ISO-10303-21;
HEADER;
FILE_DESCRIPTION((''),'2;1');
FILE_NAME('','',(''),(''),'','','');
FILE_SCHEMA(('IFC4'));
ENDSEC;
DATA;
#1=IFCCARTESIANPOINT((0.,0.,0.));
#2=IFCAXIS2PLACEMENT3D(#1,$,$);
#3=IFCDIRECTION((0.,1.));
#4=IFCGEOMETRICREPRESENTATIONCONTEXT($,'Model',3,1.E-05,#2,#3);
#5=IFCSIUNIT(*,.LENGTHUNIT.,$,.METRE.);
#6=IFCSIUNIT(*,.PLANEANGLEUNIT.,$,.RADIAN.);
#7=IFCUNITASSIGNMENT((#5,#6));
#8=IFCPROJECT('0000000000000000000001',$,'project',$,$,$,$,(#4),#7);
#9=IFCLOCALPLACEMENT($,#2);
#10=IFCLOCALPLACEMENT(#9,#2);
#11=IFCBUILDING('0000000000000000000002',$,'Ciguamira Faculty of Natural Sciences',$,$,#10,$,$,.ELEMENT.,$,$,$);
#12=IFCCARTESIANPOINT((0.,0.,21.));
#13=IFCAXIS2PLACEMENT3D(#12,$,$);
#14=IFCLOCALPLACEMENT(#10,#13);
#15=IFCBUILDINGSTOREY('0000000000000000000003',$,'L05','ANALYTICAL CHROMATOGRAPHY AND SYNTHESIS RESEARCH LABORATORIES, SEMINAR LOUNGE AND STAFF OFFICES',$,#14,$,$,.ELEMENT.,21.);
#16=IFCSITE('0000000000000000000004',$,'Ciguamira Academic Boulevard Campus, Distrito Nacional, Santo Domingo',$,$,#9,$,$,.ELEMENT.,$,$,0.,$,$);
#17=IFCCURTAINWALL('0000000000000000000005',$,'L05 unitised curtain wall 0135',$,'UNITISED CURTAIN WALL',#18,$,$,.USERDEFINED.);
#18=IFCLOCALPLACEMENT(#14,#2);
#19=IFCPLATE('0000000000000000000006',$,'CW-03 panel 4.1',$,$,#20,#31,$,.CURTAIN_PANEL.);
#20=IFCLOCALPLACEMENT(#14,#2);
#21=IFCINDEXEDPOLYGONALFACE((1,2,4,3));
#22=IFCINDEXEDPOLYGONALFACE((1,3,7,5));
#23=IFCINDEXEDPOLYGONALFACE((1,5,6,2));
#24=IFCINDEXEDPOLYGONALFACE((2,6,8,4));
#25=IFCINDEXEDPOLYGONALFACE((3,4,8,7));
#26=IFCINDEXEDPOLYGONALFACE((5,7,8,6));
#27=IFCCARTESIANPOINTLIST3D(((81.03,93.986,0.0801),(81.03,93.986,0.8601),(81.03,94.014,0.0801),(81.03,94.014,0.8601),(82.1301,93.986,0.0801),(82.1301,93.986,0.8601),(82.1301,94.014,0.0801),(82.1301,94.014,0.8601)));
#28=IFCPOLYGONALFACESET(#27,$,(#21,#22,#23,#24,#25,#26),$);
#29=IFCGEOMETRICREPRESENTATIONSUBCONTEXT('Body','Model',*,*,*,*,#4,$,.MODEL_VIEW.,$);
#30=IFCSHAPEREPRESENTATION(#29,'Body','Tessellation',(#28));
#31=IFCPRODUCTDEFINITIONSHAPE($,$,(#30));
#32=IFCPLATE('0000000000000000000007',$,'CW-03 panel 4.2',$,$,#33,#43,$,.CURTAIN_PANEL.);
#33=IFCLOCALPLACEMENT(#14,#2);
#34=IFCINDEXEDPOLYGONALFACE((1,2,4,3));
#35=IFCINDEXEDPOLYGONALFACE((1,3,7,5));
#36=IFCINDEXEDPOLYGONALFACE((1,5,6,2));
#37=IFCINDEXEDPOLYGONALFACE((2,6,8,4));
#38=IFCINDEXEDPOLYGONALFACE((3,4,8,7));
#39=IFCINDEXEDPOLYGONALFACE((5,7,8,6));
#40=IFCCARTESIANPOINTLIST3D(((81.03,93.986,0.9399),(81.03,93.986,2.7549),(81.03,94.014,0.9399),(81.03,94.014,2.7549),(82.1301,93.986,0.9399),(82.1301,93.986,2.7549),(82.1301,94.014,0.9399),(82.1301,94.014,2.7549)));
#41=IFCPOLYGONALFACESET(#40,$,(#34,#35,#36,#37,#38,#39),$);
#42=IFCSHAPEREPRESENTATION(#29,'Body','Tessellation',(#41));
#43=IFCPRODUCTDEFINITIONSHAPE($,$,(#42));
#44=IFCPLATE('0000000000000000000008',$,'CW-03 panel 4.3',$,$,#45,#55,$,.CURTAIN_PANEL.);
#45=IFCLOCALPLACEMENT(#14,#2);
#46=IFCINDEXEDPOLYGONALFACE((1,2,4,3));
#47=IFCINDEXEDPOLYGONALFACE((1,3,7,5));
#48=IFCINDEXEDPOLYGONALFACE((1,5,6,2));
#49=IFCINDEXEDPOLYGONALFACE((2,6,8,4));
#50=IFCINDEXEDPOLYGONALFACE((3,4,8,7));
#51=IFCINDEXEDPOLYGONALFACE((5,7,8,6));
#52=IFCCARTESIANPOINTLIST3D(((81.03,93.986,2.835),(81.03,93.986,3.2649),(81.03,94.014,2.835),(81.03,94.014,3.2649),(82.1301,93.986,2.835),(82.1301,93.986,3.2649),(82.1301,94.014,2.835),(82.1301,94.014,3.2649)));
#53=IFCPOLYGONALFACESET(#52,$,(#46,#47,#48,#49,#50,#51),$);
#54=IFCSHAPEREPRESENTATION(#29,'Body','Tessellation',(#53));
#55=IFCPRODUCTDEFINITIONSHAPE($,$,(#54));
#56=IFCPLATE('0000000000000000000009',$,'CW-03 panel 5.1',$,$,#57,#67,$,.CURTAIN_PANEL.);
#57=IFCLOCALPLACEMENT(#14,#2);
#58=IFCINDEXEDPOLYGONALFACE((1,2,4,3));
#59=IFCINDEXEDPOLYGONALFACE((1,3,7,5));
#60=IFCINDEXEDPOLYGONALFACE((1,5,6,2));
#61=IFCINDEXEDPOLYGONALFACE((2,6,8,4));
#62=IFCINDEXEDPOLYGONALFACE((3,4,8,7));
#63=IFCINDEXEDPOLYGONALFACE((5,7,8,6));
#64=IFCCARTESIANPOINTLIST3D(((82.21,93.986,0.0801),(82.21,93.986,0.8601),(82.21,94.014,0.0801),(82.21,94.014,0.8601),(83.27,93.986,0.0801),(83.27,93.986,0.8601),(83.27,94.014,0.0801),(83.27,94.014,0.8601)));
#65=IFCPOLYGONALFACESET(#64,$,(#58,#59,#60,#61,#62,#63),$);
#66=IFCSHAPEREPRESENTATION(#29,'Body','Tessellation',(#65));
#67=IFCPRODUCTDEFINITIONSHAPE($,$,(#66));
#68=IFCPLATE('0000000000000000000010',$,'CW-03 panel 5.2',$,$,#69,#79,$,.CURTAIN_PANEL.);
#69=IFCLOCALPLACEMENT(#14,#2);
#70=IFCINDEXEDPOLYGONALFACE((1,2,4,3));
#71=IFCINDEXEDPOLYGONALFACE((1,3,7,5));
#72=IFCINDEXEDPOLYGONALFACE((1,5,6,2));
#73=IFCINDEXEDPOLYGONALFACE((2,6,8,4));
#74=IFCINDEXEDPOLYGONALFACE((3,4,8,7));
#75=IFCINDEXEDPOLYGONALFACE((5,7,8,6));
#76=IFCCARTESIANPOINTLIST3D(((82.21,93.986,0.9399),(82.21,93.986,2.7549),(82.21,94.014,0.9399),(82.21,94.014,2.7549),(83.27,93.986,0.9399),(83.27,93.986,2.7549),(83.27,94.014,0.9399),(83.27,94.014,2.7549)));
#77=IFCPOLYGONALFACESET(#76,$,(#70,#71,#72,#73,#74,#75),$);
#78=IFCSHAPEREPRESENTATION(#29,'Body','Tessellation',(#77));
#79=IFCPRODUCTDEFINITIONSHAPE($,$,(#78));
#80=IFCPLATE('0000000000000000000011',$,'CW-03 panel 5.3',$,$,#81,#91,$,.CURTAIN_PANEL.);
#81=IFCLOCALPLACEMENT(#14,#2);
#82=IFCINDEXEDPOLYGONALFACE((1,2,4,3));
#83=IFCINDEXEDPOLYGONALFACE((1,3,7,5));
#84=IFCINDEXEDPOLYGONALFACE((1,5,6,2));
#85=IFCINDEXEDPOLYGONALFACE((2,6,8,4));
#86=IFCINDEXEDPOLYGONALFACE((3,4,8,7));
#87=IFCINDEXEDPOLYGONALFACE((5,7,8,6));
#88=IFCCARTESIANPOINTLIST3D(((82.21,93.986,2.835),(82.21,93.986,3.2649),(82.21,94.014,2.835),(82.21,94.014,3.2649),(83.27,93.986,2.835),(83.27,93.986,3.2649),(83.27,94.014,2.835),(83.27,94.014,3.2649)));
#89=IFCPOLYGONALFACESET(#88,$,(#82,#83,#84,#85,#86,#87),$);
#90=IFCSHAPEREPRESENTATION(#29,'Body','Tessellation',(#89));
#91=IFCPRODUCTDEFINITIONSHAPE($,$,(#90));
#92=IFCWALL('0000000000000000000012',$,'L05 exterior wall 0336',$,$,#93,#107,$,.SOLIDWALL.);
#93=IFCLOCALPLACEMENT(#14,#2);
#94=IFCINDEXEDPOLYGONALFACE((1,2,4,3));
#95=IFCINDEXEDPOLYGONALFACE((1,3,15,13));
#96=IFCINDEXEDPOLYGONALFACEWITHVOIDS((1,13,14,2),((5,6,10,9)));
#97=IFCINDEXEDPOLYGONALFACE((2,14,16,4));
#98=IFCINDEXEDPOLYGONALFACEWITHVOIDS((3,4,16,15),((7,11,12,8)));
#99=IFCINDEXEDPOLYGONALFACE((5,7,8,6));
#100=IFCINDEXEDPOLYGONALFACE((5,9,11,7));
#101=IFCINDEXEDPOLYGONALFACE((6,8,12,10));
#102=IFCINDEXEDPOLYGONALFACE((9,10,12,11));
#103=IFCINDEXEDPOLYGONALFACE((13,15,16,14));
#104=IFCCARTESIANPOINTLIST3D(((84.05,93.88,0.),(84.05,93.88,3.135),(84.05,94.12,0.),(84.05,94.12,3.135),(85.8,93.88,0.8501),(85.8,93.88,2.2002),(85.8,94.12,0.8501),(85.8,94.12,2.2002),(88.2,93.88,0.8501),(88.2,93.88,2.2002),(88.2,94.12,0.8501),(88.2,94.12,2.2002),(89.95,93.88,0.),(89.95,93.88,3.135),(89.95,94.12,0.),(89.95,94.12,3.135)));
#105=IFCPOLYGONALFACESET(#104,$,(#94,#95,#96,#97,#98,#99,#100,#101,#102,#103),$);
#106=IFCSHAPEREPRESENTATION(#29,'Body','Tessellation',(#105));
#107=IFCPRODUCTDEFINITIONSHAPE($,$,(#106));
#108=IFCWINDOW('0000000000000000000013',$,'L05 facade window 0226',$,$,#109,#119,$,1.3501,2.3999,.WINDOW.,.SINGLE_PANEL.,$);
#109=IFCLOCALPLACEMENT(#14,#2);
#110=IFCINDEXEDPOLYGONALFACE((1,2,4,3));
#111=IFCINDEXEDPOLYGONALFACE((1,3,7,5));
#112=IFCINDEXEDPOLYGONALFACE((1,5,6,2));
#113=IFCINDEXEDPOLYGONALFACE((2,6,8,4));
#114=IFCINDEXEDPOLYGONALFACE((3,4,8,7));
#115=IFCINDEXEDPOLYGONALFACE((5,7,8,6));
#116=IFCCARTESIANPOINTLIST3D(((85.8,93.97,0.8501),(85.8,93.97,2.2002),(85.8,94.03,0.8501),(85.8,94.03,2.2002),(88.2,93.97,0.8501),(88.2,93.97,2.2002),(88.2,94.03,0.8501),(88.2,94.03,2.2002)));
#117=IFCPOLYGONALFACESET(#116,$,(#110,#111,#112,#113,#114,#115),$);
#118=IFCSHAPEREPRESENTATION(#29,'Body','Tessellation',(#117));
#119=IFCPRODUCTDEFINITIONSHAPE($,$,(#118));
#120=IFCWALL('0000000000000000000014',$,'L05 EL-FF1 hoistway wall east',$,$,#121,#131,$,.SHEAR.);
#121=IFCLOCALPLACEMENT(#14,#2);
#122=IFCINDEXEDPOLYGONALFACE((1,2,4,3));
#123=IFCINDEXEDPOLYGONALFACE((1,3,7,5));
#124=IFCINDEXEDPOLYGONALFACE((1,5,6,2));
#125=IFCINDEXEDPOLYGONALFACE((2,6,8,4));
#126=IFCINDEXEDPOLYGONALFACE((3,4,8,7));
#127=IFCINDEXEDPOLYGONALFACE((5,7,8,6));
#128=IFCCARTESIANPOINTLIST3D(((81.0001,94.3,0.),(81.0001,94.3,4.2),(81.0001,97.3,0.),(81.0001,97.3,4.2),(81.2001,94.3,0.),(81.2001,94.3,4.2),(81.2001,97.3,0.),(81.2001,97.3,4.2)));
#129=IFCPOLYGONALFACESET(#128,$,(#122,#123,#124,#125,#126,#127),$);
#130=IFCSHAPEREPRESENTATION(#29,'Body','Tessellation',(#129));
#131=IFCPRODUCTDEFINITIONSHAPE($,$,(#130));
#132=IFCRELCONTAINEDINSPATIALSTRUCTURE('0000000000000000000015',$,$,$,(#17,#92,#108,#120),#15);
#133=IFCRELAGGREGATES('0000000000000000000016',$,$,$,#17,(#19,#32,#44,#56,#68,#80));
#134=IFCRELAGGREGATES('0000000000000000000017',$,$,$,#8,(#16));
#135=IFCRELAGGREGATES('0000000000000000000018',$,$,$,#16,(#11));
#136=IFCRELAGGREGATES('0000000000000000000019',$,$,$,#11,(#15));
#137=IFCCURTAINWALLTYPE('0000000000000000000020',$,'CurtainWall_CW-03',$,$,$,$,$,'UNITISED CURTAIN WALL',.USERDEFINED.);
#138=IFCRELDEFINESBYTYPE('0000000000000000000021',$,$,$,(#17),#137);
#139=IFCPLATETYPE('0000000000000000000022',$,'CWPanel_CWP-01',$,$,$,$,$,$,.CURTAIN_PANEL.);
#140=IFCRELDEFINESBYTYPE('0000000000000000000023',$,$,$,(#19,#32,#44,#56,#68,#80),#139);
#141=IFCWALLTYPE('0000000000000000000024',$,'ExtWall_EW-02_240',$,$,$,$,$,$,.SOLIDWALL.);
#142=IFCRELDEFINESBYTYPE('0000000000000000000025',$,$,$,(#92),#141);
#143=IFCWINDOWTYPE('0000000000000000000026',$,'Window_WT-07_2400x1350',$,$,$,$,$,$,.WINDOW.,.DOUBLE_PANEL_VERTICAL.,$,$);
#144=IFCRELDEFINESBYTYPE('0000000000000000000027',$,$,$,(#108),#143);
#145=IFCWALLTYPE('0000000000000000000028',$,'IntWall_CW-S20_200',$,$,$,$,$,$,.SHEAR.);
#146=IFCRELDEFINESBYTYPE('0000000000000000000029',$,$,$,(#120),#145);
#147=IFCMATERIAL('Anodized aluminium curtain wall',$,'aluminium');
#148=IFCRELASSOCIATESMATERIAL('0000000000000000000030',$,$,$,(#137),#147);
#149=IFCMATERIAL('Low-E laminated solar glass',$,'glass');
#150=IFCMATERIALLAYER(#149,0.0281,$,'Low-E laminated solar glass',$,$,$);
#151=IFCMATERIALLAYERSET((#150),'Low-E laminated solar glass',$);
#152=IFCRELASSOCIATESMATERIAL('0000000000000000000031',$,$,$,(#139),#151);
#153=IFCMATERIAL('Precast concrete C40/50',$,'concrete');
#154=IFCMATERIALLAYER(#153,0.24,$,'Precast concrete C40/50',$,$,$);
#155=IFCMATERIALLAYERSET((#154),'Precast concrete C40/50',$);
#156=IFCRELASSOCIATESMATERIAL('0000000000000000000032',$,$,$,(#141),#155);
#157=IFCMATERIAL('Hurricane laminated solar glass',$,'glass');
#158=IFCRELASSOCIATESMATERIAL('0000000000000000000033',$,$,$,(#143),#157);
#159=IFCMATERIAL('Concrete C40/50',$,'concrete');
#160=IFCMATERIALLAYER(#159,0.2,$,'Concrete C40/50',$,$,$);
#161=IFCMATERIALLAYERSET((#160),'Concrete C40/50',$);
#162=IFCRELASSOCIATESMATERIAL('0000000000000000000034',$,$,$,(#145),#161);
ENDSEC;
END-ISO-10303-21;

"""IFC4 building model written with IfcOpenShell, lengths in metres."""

from ifc_helpers import new_model, si_unit, direction, frame, frame_2d, origin, origin_2d, place, context, subcontext, project, spatial, rectangle, extrude, material, layer, layer_set, type_object, element, fill, aggregate, save


model = new_model("IFC4")

# Units and contexts
model_context = context("Model", 3, precision=1e-05, world=origin(), true_north=direction((0.0, 1.0)))
body_context = subcontext(model_context, "Body", "Model", "MODEL_VIEW")
ifc_project = project(units=[si_unit("LENGTHUNIT", "METRE"), si_unit("PLANEANGLEUNIT", "RADIAN")], contexts=[model_context])

# Site, building, storey
site_placement = place(None, origin())
site = spatial("IfcSite", under=ifc_project, at=site_placement, Name="Ciguamira Academic Boulevard Campus, Distrito Nacional, Santo Domingo", CompositionType="ELEMENT", RefElevation=0.0)
building_placement = place(site_placement, origin())
building = spatial("IfcBuilding", under=site, at=building_placement, Name="Ciguamira Faculty of Natural Sciences", CompositionType="ELEMENT")
storey_placement = place(building_placement, frame((0.0, 0.0, 21.0)))
storey = spatial("IfcBuildingStorey", under=building, at=storey_placement, Name="L05", Description="ANALYTICAL CHROMATOGRAPHY AND SYNTHESIS RESEARCH LABORATORIES, SEMINAR LOUNGE AND STAFF OFFICES", CompositionType="ELEMENT", Elevation=21.0)

# Shared definitions
ifc_material_1 = material(Name="Concrete C40/50", Category="concrete")

# Curtain wall
ifc_material_2 = material(Name="Anodized aluminium curtain wall", Category="aluminium")
curtain_wall_type = type_object("IfcCurtainWallType", Name="CurtainWall_CW-03", ElementType="UNITISED CURTAIN WALL", PredefinedType="USERDEFINED", material=ifc_material_2)
curtain_wall_placement = place(storey_placement, origin())
curtain_wall = element("IfcCurtainWall", 1, at=curtain_wall_placement, inside=storey, type_object=curtain_wall_type, Name="L05 unitised curtain wall 0135", ObjectType="UNITISED CURTAIN WALL", PredefinedType="USERDEFINED")

# Plates
ifc_material_3 = material(Name="Low-E laminated solar glass", Category="glass")
ifc_layer_1 = layer(ifc_material_3, 0.0281, Name="Low-E laminated solar glass")
ifc_layer_set_1 = layer_set([ifc_layer_1], Name="Low-E laminated solar glass")
plate_type = type_object("IfcPlateType", Name="CWPanel_CWP-01", PredefinedType="CURTAIN_PANEL", material=ifc_layer_set_1)
plate_1_placement = place(storey_placement, frame((81.5801, 94.0, 0.0801), z_axis=(0.0, 0.0, 1.0), x_axis=(1.0, 0.0, 0.0)))
plate_1 = element("IfcPlate", 2, at=plate_1_placement, type_object=plate_type, Name="CW-03 panel 4.1", PredefinedType="CURTAIN_PANEL", context=body_context, shape_type="SweptSolid", body=[
    extrude(rectangle(XDim=1.1001, YDim=0.0281, at=origin_2d()), origin(), (0.0, 0.0, 1.0), 0.78),
])
plate_2_placement = place(storey_placement, frame((81.5801, 94.0, 0.9399), z_axis=(0.0, 0.0, 1.0), x_axis=(1.0, 0.0, 0.0)))
plate_2 = element("IfcPlate", 3, at=plate_2_placement, type_object=plate_type, Name="CW-03 panel 4.2", PredefinedType="CURTAIN_PANEL", context=body_context, shape_type="SweptSolid", body=[
    extrude(rectangle(XDim=1.1001, YDim=0.0281, at=origin_2d()), origin(), (0.0, 0.0, 1.0), 1.8149),
])
plate_3_placement = place(storey_placement, frame((81.5801, 94.0, 2.835), z_axis=(0.0, 0.0, 1.0), x_axis=(1.0, 0.0, 0.0)))
plate_3 = element("IfcPlate", 4, at=plate_3_placement, type_object=plate_type, Name="CW-03 panel 4.3", PredefinedType="CURTAIN_PANEL", context=body_context, shape_type="SweptSolid", body=[
    extrude(rectangle(XDim=1.1001, YDim=0.0281, at=origin_2d()), origin(), (0.0, 0.0, 1.0), 0.4299),
])
plate_4_placement = place(storey_placement, frame((82.74, 94.0, 0.0801), z_axis=(0.0, 0.0, 1.0), x_axis=(1.0, 0.0, 0.0)))
plate_4 = element("IfcPlate", 5, at=plate_4_placement, type_object=plate_type, Name="CW-03 panel 5.1", PredefinedType="CURTAIN_PANEL", context=body_context, shape_type="SweptSolid", body=[
    extrude(rectangle(XDim=1.0601, YDim=0.0281, at=origin_2d()), origin(), (0.0, 0.0, 1.0), 0.78),
])
plate_5_placement = place(storey_placement, frame((82.74, 94.0, 0.9399), z_axis=(0.0, 0.0, 1.0), x_axis=(1.0, 0.0, 0.0)))
plate_5 = element("IfcPlate", 6, at=plate_5_placement, type_object=plate_type, Name="CW-03 panel 5.2", PredefinedType="CURTAIN_PANEL", context=body_context, shape_type="SweptSolid", body=[
    extrude(rectangle(XDim=1.0601, YDim=0.0281, at=origin_2d()), origin(), (0.0, 0.0, 1.0), 1.8149),
])
plate_6_placement = place(storey_placement, frame((82.74, 94.0, 2.835), z_axis=(0.0, 0.0, 1.0), x_axis=(1.0, 0.0, 0.0)))
plate_6 = element("IfcPlate", 7, at=plate_6_placement, type_object=plate_type, Name="CW-03 panel 5.3", PredefinedType="CURTAIN_PANEL", context=body_context, shape_type="SweptSolid", body=[
    extrude(rectangle(XDim=1.0601, YDim=0.0281, at=origin_2d()), origin(), (0.0, 0.0, 1.0), 0.4299),
])
aggregate(curtain_wall, [plate_1, plate_2, plate_3, plate_4, plate_5, plate_6])

# Wall, opening, window
ifc_material_4 = material(Name="Precast concrete C40/50", Category="concrete")
ifc_layer_2 = layer(ifc_material_4, 0.24, Name="Precast concrete C40/50")
ifc_layer_set_2 = layer_set([ifc_layer_2], Name="Precast concrete C40/50")
wall_type_1 = type_object("IfcWallType", Name="ExtWall_EW-02_240", PredefinedType="SOLIDWALL", material=ifc_layer_set_2)
wall_1_placement = place(storey_placement, frame((84.05, 94.0, 0.0), z_axis=(0.0, 0.0, 1.0), x_axis=(1.0, 0.0, 0.0)))
wall_1 = element("IfcWall", 8, at=wall_1_placement, inside=storey, type_object=wall_type_1, Name="L05 exterior wall 0336", PredefinedType="SOLIDWALL", context=body_context, shape_type="SweptSolid", body=[
    extrude(rectangle(XDim=5.8999, YDim=0.24, at=frame_2d((2.95, 0.0))), origin(), (0.0, 0.0, 1.0), 3.135),
])
opening_placement = place(wall_1_placement, frame((1.75, 0.0, 0.8501)))
opening = element("IfcOpeningElement", 9, at=opening_placement, cuts=wall_1, PredefinedType="OPENING", context=body_context, shape_type="SweptSolid", body=[
    extrude(rectangle(XDim=2.3999, YDim=1.3501, at=frame_2d((1.2, 0.675))), frame((0.0, 0.1299, 0.0), z_axis=(0.0, -1.0, 0.0), x_axis=(1.0, 0.0, 0.0)), (0.0, 0.0, 1.0), 0.26),
])
ifc_material_5 = material(Name="Hurricane laminated solar glass", Category="glass")
window_type = type_object("IfcWindowType", Name="Window_WT-07_2400x1350", PartitioningType="DOUBLE_PANEL_VERTICAL", PredefinedType="WINDOW", material=ifc_material_5)
window_placement = place(opening_placement, origin())
window = element("IfcWindow", 10, at=window_placement, inside=storey, type_object=window_type, Name="L05 facade window 0226", OverallHeight=1.3501, OverallWidth=2.3999, PartitioningType="SINGLE_PANEL", PredefinedType="WINDOW", context=body_context, shape_type="SweptSolid", body=[
    extrude(rectangle(XDim=2.3999, YDim=1.3501, at=frame_2d((1.2, 0.675))), frame((0.0, 0.03, 0.0), z_axis=(0.0, -1.0, 0.0), x_axis=(1.0, 0.0, 0.0)), (0.0, 0.0, 1.0), 0.0601),
])
fill(opening, window)

# Wall
ifc_layer_3 = layer(ifc_material_1, 0.2, Name="Concrete C40/50")
ifc_layer_set_3 = layer_set([ifc_layer_3], Name="Concrete C40/50")
wall_type_2 = type_object("IfcWallType", Name="IntWall_CW-S20_200", PredefinedType="SHEAR", material=ifc_layer_set_3)
wall_2_placement = place(storey_placement, frame((81.1001, 94.3, 0.0), z_axis=(0.0, 0.0, 1.0), x_axis=(0.0, 1.0, 0.0)))
element("IfcWall", 11, at=wall_2_placement, inside=storey, type_object=wall_type_2, Name="L05 EL-FF1 hoistway wall east", PredefinedType="SHEAR", context=body_context, shape_type="SweptSolid", body=[
    extrude(rectangle(XDim=3.0, YDim=0.2, at=frame_2d((1.5, 0.0))), origin(), (0.0, 0.0, 1.0), 4.2),
])

save(model, "model.ifc")
